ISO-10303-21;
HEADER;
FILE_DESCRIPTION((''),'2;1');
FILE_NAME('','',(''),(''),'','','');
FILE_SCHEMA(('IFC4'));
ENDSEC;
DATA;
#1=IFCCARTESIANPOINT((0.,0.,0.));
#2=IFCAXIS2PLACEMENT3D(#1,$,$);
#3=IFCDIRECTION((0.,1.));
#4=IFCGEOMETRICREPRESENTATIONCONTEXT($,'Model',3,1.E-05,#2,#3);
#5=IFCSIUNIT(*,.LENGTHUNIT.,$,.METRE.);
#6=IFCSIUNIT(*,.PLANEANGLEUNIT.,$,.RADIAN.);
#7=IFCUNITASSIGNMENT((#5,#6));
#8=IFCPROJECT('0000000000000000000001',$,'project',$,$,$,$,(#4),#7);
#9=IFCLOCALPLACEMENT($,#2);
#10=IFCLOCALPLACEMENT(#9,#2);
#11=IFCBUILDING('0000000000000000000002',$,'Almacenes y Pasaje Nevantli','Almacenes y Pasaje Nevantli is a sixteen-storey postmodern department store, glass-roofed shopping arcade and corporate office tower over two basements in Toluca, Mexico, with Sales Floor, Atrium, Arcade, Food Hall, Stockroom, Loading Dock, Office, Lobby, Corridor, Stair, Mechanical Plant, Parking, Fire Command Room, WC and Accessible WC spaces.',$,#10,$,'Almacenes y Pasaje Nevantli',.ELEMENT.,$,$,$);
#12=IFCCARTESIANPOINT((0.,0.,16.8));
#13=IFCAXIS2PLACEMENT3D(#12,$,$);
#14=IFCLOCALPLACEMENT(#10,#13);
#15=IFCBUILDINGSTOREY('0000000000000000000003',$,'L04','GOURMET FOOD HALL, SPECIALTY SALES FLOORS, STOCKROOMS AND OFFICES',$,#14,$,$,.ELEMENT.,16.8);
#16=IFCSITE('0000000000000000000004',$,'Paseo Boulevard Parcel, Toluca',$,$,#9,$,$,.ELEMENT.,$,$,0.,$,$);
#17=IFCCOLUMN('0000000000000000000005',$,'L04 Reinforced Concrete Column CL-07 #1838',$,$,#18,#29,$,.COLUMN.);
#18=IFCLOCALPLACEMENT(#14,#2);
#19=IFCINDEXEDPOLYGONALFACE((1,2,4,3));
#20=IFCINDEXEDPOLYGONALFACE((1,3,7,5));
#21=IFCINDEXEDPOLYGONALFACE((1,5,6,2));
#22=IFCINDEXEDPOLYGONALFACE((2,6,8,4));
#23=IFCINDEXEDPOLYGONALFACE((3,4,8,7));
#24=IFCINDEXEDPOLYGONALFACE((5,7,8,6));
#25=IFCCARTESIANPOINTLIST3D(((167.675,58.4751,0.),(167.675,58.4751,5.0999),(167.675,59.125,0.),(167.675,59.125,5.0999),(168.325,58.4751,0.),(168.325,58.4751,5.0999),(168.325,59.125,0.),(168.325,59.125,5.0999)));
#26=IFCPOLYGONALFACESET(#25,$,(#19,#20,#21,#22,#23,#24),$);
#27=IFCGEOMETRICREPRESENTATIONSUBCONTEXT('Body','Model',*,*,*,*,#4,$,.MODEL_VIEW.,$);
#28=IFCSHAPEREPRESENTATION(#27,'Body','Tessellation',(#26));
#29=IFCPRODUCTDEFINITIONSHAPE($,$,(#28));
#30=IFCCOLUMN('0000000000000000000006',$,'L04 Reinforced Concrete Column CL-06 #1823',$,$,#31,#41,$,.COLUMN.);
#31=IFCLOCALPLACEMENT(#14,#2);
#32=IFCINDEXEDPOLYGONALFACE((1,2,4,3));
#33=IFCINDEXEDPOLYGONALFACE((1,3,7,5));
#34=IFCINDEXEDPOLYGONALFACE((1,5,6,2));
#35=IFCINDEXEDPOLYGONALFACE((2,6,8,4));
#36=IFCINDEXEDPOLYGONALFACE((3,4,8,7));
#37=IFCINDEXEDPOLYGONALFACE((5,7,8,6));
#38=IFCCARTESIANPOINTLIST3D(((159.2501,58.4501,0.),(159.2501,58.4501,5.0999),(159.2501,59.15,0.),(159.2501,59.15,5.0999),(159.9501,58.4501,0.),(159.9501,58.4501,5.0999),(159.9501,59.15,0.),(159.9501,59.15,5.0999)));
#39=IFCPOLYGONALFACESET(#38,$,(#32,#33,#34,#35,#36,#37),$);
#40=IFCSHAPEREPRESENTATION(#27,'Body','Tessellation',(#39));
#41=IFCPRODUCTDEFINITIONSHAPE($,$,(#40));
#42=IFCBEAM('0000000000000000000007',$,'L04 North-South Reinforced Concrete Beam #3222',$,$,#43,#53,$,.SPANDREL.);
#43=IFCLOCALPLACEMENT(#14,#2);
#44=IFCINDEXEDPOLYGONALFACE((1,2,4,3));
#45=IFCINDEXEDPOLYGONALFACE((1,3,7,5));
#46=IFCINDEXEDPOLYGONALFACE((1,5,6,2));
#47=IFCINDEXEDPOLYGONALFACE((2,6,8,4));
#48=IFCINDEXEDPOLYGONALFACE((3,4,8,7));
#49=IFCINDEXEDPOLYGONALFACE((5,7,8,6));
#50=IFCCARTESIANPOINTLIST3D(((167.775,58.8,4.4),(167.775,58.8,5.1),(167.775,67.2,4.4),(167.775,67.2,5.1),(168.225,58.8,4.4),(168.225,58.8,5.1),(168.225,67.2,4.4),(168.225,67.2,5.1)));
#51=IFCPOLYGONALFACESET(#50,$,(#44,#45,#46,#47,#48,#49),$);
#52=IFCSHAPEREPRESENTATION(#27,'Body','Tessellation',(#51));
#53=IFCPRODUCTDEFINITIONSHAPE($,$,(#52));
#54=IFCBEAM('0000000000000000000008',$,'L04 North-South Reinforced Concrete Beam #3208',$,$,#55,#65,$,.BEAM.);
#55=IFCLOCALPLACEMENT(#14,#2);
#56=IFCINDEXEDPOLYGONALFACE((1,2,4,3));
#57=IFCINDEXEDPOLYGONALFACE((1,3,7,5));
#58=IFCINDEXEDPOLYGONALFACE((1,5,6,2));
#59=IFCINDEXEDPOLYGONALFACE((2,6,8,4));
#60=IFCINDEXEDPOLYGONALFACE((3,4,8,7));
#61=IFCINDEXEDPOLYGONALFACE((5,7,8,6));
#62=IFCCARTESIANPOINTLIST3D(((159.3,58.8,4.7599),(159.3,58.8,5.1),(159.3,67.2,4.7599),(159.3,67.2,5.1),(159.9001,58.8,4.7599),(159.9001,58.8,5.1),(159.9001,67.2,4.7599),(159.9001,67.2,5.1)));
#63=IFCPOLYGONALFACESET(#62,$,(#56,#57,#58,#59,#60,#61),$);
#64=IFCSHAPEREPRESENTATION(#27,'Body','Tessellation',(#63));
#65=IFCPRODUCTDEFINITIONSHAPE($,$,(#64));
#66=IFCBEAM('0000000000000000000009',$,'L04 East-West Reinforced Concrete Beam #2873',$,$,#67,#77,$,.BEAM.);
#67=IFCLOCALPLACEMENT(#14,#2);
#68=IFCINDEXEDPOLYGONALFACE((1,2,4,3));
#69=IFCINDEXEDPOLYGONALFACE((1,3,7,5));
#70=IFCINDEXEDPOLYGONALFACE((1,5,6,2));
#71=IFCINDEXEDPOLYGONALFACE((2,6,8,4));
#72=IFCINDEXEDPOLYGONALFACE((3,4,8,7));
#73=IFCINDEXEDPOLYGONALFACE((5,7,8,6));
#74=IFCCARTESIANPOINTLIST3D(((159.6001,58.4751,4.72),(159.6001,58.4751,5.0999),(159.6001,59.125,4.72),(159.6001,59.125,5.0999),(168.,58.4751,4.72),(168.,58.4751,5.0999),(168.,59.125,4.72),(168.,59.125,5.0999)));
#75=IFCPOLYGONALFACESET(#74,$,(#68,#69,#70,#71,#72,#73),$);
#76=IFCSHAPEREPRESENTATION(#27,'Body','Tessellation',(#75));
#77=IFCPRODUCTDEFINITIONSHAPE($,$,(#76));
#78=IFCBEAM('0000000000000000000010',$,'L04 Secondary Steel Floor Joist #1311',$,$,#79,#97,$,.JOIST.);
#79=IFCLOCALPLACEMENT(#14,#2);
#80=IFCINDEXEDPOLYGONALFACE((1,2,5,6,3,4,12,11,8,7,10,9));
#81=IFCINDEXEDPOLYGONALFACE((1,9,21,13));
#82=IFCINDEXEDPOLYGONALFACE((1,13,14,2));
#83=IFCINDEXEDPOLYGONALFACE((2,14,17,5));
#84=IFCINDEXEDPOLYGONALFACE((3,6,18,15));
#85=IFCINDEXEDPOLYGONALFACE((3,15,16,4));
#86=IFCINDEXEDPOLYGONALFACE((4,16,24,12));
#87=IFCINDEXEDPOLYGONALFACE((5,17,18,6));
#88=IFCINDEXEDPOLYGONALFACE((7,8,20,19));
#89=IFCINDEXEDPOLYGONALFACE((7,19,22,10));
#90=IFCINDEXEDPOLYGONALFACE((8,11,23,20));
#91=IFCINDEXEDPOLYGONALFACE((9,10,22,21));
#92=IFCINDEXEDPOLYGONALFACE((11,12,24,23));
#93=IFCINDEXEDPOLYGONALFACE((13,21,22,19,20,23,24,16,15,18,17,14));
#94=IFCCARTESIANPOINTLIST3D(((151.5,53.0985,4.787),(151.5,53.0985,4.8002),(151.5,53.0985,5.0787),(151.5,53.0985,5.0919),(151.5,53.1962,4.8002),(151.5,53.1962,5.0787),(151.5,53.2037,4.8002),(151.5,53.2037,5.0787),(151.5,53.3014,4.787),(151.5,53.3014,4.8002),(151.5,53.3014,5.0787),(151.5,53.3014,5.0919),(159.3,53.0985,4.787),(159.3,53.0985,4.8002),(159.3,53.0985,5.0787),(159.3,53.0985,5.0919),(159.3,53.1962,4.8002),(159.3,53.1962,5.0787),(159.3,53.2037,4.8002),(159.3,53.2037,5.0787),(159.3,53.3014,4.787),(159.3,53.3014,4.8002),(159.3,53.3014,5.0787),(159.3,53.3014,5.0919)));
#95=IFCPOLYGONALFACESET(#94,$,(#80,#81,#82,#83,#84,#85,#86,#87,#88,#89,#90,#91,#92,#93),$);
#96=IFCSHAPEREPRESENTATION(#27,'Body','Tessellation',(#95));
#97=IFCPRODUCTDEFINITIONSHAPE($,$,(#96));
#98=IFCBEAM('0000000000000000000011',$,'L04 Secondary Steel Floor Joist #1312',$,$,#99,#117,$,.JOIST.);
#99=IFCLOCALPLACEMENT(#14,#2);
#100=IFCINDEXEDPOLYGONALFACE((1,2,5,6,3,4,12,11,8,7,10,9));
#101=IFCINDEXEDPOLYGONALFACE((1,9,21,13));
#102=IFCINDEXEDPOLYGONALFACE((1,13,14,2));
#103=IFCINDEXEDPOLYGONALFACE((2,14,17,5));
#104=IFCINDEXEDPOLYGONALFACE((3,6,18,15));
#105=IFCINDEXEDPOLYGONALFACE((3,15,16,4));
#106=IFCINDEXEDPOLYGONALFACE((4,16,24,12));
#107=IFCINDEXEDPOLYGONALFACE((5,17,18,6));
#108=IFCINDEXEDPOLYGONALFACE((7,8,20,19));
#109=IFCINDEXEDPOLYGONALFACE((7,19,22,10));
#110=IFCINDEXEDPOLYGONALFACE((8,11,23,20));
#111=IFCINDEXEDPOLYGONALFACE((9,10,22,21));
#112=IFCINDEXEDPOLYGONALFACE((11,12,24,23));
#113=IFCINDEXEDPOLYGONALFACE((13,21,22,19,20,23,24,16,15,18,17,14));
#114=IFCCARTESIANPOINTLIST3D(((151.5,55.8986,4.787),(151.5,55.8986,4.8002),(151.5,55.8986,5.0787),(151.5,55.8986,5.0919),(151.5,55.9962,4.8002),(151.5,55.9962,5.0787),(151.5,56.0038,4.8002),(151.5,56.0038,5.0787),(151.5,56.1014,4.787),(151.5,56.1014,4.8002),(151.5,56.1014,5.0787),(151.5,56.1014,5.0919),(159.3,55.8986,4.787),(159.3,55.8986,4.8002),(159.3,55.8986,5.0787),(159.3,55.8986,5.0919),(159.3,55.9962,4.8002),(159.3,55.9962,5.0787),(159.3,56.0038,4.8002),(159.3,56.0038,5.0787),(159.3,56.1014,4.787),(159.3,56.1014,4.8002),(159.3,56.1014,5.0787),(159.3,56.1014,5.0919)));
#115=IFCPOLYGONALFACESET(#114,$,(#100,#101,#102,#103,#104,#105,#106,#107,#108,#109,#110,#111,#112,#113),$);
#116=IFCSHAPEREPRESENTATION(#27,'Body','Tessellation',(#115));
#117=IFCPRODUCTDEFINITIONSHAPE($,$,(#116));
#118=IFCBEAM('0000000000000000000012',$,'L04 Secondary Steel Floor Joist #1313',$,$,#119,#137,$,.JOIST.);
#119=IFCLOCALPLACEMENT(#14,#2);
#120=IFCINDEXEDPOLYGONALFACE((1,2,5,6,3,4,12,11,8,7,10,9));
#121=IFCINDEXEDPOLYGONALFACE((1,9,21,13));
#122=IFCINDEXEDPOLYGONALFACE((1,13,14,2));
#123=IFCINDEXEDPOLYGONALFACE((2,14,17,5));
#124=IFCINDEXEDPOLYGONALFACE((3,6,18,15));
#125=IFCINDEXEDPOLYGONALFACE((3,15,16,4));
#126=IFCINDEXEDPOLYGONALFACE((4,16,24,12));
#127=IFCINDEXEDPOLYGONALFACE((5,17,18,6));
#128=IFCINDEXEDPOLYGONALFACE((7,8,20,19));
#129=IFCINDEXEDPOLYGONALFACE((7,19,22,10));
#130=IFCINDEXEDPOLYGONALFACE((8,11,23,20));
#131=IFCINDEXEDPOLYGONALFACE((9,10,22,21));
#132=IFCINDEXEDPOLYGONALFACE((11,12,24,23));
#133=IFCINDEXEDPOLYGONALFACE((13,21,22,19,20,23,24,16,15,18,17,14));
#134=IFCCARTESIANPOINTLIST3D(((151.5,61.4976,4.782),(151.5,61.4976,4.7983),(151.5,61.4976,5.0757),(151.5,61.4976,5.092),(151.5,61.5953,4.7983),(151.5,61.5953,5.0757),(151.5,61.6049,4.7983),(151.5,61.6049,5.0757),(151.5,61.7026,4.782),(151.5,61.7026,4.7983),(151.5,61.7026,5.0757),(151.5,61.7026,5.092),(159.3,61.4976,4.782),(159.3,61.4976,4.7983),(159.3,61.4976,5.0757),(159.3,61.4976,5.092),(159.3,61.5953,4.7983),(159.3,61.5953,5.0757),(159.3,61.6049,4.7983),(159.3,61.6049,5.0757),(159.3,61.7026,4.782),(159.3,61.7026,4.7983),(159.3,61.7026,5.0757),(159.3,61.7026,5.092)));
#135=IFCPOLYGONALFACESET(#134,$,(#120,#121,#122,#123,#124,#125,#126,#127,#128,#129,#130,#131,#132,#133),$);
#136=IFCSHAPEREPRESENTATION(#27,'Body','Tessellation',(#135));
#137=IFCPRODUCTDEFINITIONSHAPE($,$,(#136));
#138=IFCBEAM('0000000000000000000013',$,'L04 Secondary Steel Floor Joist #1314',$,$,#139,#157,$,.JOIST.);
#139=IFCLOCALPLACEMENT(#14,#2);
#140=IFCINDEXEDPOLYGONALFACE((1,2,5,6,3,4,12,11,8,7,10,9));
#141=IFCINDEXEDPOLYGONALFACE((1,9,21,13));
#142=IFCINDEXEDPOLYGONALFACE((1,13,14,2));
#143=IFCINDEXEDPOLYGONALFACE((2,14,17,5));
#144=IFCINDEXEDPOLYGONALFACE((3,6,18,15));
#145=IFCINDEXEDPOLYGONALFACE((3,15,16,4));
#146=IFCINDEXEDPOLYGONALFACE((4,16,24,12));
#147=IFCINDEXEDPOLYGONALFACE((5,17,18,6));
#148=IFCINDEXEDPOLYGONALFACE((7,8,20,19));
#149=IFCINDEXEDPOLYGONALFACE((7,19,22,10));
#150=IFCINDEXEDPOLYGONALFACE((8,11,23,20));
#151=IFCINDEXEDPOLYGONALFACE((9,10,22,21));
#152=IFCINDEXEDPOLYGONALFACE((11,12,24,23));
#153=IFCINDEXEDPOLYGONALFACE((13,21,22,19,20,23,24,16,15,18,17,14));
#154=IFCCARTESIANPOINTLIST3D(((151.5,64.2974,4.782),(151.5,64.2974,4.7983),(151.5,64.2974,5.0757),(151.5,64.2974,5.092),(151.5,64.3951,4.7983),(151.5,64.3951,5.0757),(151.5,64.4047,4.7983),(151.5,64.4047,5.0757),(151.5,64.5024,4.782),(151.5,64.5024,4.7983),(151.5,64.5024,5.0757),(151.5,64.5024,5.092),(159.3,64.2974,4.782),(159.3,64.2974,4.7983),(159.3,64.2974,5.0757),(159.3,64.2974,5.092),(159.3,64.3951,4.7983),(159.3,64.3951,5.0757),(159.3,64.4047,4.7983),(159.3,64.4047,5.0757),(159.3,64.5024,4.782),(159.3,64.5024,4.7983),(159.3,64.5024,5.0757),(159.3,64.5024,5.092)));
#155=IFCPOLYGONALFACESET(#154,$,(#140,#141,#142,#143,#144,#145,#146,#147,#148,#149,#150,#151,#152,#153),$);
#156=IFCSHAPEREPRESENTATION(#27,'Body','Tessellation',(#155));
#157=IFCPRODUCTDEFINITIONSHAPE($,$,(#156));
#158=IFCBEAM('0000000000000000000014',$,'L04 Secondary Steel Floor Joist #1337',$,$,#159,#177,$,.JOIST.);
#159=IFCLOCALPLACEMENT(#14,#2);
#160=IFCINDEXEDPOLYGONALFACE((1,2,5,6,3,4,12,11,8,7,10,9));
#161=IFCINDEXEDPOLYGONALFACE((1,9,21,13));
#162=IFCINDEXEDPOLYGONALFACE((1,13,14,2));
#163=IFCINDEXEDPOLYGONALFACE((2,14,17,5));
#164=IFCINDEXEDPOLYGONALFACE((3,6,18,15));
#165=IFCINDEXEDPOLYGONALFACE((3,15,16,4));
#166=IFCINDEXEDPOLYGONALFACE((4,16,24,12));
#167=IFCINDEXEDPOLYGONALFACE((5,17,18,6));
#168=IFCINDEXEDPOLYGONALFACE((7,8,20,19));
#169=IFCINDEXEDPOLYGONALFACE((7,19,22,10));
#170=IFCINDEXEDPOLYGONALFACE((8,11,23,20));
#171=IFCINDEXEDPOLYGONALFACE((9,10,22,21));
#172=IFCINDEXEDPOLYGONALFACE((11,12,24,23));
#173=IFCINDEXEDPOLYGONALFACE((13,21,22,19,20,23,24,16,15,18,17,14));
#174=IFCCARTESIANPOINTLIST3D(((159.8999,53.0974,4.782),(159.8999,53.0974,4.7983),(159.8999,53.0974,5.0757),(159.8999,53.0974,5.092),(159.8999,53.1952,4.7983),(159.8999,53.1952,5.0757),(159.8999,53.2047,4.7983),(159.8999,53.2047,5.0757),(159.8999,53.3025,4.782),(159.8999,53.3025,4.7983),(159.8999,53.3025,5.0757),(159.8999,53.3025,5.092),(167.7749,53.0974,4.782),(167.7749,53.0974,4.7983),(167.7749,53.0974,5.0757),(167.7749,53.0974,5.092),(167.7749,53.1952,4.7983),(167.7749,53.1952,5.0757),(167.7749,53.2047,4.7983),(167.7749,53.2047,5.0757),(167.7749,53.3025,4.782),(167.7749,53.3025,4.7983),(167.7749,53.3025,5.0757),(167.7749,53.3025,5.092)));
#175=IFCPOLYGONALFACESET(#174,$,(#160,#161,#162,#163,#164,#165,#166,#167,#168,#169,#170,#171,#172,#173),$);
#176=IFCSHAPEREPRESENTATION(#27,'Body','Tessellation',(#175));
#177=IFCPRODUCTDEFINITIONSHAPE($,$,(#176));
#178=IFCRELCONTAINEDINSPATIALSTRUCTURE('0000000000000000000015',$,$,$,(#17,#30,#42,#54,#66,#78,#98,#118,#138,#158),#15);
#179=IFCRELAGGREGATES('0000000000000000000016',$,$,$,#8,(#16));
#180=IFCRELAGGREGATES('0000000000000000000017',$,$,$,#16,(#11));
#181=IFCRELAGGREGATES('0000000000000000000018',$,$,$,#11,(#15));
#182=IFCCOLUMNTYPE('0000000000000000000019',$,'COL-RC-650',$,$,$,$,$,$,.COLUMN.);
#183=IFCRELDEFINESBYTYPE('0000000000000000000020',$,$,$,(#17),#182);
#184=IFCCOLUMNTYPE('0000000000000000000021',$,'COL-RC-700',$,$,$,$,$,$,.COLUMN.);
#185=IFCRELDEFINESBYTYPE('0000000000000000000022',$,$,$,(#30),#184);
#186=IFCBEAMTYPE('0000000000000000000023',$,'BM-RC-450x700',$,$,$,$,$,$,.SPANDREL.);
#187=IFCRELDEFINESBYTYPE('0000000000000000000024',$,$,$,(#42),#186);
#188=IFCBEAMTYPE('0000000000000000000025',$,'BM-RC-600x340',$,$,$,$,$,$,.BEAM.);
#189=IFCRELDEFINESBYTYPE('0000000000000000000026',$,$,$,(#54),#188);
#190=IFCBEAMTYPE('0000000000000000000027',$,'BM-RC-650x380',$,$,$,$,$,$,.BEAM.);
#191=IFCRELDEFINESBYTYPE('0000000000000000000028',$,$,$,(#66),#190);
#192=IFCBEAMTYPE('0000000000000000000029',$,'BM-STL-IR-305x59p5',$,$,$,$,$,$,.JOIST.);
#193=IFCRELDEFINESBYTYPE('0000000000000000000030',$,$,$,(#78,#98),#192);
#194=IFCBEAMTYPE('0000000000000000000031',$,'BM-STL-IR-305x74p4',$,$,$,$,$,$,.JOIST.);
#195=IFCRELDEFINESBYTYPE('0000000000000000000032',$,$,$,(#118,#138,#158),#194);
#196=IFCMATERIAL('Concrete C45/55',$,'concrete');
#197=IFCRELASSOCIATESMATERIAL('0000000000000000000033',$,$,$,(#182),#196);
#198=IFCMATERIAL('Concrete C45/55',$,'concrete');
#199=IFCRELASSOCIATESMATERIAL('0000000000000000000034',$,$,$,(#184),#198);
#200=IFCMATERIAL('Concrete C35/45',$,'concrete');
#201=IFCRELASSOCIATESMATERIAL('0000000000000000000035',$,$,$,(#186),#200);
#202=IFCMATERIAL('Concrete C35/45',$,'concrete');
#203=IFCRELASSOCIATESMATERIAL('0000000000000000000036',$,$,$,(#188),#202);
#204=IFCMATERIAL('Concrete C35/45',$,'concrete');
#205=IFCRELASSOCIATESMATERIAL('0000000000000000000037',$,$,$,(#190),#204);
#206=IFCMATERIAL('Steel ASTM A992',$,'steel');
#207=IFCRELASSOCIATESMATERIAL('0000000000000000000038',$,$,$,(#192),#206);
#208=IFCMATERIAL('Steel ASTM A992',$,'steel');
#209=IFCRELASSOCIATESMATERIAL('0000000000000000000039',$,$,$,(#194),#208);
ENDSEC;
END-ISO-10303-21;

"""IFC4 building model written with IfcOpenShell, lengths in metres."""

from ifc_helpers import new_model, si_unit, direction, frame, origin, origin_2d, place, context, subcontext, project, spatial, rectangle, i_section, extrude, material, material_profile, profile_set, type_object, element, save


model = new_model("IFC4")

# Units and contexts
model_context = context("Model", 3, precision=1e-05, world=origin(), true_north=direction((0.0, 1.0)))
body_context = subcontext(model_context, "Body", "Model", "MODEL_VIEW")
ifc_project = project(units=[si_unit("LENGTHUNIT", "METRE"), si_unit("PLANEANGLEUNIT", "RADIAN")], contexts=[model_context])

# Site, building, storey
site_placement = place(None, origin())
site = spatial("IfcSite", under=ifc_project, at=site_placement, Name="Paseo Boulevard Parcel, Toluca", CompositionType="ELEMENT", RefElevation=0.0)
building_placement = place(site_placement, origin())
building = spatial("IfcBuilding", under=site, at=building_placement, Name="Almacenes y Pasaje Nevantli", Description="Almacenes y Pasaje Nevantli is a sixteen-storey postmodern department store, glass-roofed shopping arcade and corporate office tower over two basements in Toluca, Mexico, with Sales Floor, Atrium, Arcade, Food Hall, Stockroom, Loading Dock, Office, Lobby, Corridor, Stair, Mechanical Plant, Parking, Fire Command Room, WC and Accessible WC spaces.", LongName="Almacenes y Pasaje Nevantli", CompositionType="ELEMENT")
storey_placement = place(building_placement, frame((0.0, 0.0, 16.8)))
storey = spatial("IfcBuildingStorey", under=building, at=storey_placement, Name="L04", Description="GOURMET FOOD HALL, SPECIALTY SALES FLOORS, STOCKROOMS AND OFFICES", CompositionType="ELEMENT", Elevation=16.8)

# Columns
ifc_material_1 = material(Name="Concrete C45/55", Category="concrete")
ifc_material_profile_1 = material_profile(ifc_material_1, rectangle(XDim=0.6499, YDim=0.6499, at=origin_2d()), Name="RC-COL-650x650")
ifc_profile_set_1 = profile_set([ifc_material_profile_1], Name="Concrete C45/55")
column_type_1 = type_object("IfcColumnType", Name="COL-RC-650", PredefinedType="COLUMN", material=ifc_profile_set_1)
column_1_placement = place(storey_placement, frame((168.0, 58.8, 0.0), z_axis=(0.0, 0.0, 1.0), x_axis=(1.0, 0.0, 0.0)))
element("IfcColumn", 1, at=column_1_placement, inside=storey, type_object=column_type_1, Name="L04 Reinforced Concrete Column CL-07 #1838", PredefinedType="COLUMN", context=body_context, shape_type="SweptSolid", body=[
    extrude(rectangle(XDim=0.6499, YDim=0.6499, at=origin_2d()), origin(), (0.0, 0.0, 1.0), 5.0999),
])
ifc_material_2 = material(Name="Concrete C45/55", Category="concrete")
ifc_material_profile_2 = material_profile(ifc_material_2, rectangle(XDim=0.7, YDim=0.7, at=origin_2d()), Name="RC-COL-700x700")
ifc_profile_set_2 = profile_set([ifc_material_profile_2], Name="Concrete C45/55")
column_type_2 = type_object("IfcColumnType", Name="COL-RC-700", PredefinedType="COLUMN", material=ifc_profile_set_2)
column_2_placement = place(storey_placement, frame((159.6001, 58.8, 0.0), z_axis=(0.0, 0.0, 1.0), x_axis=(1.0, 0.0, 0.0)))
element("IfcColumn", 2, at=column_2_placement, inside=storey, type_object=column_type_2, Name="L04 Reinforced Concrete Column CL-06 #1823", PredefinedType="COLUMN", context=body_context, shape_type="SweptSolid", body=[
    extrude(rectangle(XDim=0.7, YDim=0.7, at=origin_2d()), origin(), (0.0, 0.0, 1.0), 5.0999),
])

# Beams
ifc_material_3 = material(Name="Concrete C35/45", Category="concrete")
ifc_material_profile_3 = material_profile(ifc_material_3, rectangle(XDim=0.45, YDim=0.7, at=origin_2d()), Name="RC-BM-450x700")
ifc_profile_set_3 = profile_set([ifc_material_profile_3], Name="Concrete C35/45")
beam_type_1 = type_object("IfcBeamType", Name="BM-RC-450x700", PredefinedType="SPANDREL", material=ifc_profile_set_3)
beam_1_placement = place(storey_placement, frame((168.0, 58.8, 4.75), z_axis=(0.0, 1.0, 0.0), x_axis=(-1.0, 0.0, 0.0)))
element("IfcBeam", 3, at=beam_1_placement, inside=storey, type_object=beam_type_1, Name="L04 North-South Reinforced Concrete Beam #3222", PredefinedType="SPANDREL", context=body_context, shape_type="SweptSolid", body=[
    extrude(rectangle(XDim=0.45, YDim=0.7, at=origin_2d()), origin(), (0.0, 0.0, 1.0), 8.3999),
])
ifc_material_4 = material(Name="Concrete C35/45", Category="concrete")
ifc_material_profile_4 = material_profile(ifc_material_4, rectangle(XDim=0.6001, YDim=0.3401, at=origin_2d()), Name="RC-BM-600x340")
ifc_profile_set_4 = profile_set([ifc_material_profile_4], Name="Concrete C35/45")
beam_type_2 = type_object("IfcBeamType", Name="BM-RC-600x340", PredefinedType="BEAM", material=ifc_profile_set_4)
beam_2_placement = place(storey_placement, frame((159.6001, 58.8, 4.9299), z_axis=(0.0, 1.0, 0.0), x_axis=(-1.0, 0.0, 0.0)))
element("IfcBeam", 4, at=beam_2_placement, inside=storey, type_object=beam_type_2, Name="L04 North-South Reinforced Concrete Beam #3208", PredefinedType="BEAM", context=body_context, shape_type="SweptSolid", body=[
    extrude(rectangle(XDim=0.6001, YDim=0.3401, at=origin_2d()), origin(), (0.0, 0.0, 1.0), 8.3999),
])
ifc_material_5 = material(Name="Concrete C35/45", Category="concrete")
ifc_material_profile_5 = material_profile(ifc_material_5, rectangle(XDim=0.6499, YDim=0.3799, at=origin_2d()), Name="RC-BM-650x380")
ifc_profile_set_5 = profile_set([ifc_material_profile_5], Name="Concrete C35/45")
beam_type_3 = type_object("IfcBeamType", Name="BM-RC-650x380", PredefinedType="BEAM", material=ifc_profile_set_5)
beam_3_placement = place(storey_placement, frame((159.6001, 58.8, 4.9099), z_axis=(1.0, 0.0, 0.0), x_axis=(0.0, 1.0, 0.0)))
element("IfcBeam", 5, at=beam_3_placement, inside=storey, type_object=beam_type_3, Name="L04 East-West Reinforced Concrete Beam #2873", PredefinedType="BEAM", context=body_context, shape_type="SweptSolid", body=[
    extrude(rectangle(XDim=0.6499, YDim=0.3799, at=origin_2d()), origin(), (0.0, 0.0, 1.0), 8.3999),
])
ifc_material_6 = material(Name="Steel ASTM A992", Category="steel")
ifc_material_profile_6 = material_profile(ifc_material_6, i_section(OverallWidth=0.2029, OverallDepth=0.3049, WebThickness=0.0076, FlangeThickness=0.0132, at=origin_2d()), Name="IR 305x59.5")
ifc_profile_set_6 = profile_set([ifc_material_profile_6], Name="Steel ASTM A992")
beam_type_4 = type_object("IfcBeamType", Name="BM-STL-IR-305x59p5", PredefinedType="JOIST", material=ifc_profile_set_6)
for number, where, z_axis, x_axis, name in (
    (6, (151.5, 53.2, 4.9395), (1.0, 0.0, 0.0), (0.0, 1.0, 0.0), "L04 Secondary Steel Floor Joist #1311"),
    (7, (151.5, 56.0, 4.9395), (1.0, 0.0, 0.0), (0.0, 1.0, 0.0), "L04 Secondary Steel Floor Joist #1312"),
):
    element("IfcBeam", number, at=place(storey_placement, frame(where, z_axis=z_axis, x_axis=x_axis)), inside=storey, type_object=beam_type_4, Name=name, PredefinedType="JOIST", context=body_context, shape_type="SweptSolid", body=[
        extrude(i_section(OverallWidth=0.2029, OverallDepth=0.3049, WebThickness=0.0076, FlangeThickness=0.0132, at=origin_2d()), origin(), (0.0, 0.0, 1.0), 7.8),
    ])
ifc_material_7 = material(Name="Steel ASTM A992", Category="steel")
ifc_material_profile_7 = material_profile(ifc_material_7, i_section(OverallWidth=0.2051, OverallDepth=0.3101, WebThickness=0.0095, FlangeThickness=0.0164, at=origin_2d()), Name="IR 305x74.4")
ifc_profile_set_7 = profile_set([ifc_material_profile_7], Name="Steel ASTM A992")
beam_type_5 = type_object("IfcBeamType", Name="BM-STL-IR-305x74p4", PredefinedType="JOIST", material=ifc_profile_set_7)
for number, where, z_axis, x_axis, name in (
    (8, (151.5, 61.6001, 4.937), (1.0, 0.0, 0.0), (0.0, 1.0, 0.0), "L04 Secondary Steel Floor Joist #1313"),
    (9, (151.5, 64.3999, 4.937), (1.0, 0.0, 0.0), (0.0, 1.0, 0.0), "L04 Secondary Steel Floor Joist #1314"),
):
    element("IfcBeam", number, at=place(storey_placement, frame(where, z_axis=z_axis, x_axis=x_axis)), inside=storey, type_object=beam_type_5, Name=name, PredefinedType="JOIST", context=body_context, shape_type="SweptSolid", body=[
        extrude(i_section(OverallWidth=0.2051, OverallDepth=0.3101, WebThickness=0.0095, FlangeThickness=0.0164, at=origin_2d()), origin(), (0.0, 0.0, 1.0), 7.8),
    ])
for number, where, z_axis, x_axis, name in (
    (10, (159.8999, 53.2, 4.937), (1.0, 0.0, 0.0), (0.0, 1.0, 0.0), "L04 Secondary Steel Floor Joist #1337"),
):
    element("IfcBeam", number, at=place(storey_placement, frame(where, z_axis=z_axis, x_axis=x_axis)), inside=storey, type_object=beam_type_5, Name=name, PredefinedType="JOIST", context=body_context, shape_type="SweptSolid", body=[
        extrude(i_section(OverallWidth=0.2051, OverallDepth=0.3101, WebThickness=0.0095, FlangeThickness=0.0164, at=origin_2d()), origin(), (0.0, 0.0, 1.0), 7.875),
    ])

save(model, "model.ifc")
